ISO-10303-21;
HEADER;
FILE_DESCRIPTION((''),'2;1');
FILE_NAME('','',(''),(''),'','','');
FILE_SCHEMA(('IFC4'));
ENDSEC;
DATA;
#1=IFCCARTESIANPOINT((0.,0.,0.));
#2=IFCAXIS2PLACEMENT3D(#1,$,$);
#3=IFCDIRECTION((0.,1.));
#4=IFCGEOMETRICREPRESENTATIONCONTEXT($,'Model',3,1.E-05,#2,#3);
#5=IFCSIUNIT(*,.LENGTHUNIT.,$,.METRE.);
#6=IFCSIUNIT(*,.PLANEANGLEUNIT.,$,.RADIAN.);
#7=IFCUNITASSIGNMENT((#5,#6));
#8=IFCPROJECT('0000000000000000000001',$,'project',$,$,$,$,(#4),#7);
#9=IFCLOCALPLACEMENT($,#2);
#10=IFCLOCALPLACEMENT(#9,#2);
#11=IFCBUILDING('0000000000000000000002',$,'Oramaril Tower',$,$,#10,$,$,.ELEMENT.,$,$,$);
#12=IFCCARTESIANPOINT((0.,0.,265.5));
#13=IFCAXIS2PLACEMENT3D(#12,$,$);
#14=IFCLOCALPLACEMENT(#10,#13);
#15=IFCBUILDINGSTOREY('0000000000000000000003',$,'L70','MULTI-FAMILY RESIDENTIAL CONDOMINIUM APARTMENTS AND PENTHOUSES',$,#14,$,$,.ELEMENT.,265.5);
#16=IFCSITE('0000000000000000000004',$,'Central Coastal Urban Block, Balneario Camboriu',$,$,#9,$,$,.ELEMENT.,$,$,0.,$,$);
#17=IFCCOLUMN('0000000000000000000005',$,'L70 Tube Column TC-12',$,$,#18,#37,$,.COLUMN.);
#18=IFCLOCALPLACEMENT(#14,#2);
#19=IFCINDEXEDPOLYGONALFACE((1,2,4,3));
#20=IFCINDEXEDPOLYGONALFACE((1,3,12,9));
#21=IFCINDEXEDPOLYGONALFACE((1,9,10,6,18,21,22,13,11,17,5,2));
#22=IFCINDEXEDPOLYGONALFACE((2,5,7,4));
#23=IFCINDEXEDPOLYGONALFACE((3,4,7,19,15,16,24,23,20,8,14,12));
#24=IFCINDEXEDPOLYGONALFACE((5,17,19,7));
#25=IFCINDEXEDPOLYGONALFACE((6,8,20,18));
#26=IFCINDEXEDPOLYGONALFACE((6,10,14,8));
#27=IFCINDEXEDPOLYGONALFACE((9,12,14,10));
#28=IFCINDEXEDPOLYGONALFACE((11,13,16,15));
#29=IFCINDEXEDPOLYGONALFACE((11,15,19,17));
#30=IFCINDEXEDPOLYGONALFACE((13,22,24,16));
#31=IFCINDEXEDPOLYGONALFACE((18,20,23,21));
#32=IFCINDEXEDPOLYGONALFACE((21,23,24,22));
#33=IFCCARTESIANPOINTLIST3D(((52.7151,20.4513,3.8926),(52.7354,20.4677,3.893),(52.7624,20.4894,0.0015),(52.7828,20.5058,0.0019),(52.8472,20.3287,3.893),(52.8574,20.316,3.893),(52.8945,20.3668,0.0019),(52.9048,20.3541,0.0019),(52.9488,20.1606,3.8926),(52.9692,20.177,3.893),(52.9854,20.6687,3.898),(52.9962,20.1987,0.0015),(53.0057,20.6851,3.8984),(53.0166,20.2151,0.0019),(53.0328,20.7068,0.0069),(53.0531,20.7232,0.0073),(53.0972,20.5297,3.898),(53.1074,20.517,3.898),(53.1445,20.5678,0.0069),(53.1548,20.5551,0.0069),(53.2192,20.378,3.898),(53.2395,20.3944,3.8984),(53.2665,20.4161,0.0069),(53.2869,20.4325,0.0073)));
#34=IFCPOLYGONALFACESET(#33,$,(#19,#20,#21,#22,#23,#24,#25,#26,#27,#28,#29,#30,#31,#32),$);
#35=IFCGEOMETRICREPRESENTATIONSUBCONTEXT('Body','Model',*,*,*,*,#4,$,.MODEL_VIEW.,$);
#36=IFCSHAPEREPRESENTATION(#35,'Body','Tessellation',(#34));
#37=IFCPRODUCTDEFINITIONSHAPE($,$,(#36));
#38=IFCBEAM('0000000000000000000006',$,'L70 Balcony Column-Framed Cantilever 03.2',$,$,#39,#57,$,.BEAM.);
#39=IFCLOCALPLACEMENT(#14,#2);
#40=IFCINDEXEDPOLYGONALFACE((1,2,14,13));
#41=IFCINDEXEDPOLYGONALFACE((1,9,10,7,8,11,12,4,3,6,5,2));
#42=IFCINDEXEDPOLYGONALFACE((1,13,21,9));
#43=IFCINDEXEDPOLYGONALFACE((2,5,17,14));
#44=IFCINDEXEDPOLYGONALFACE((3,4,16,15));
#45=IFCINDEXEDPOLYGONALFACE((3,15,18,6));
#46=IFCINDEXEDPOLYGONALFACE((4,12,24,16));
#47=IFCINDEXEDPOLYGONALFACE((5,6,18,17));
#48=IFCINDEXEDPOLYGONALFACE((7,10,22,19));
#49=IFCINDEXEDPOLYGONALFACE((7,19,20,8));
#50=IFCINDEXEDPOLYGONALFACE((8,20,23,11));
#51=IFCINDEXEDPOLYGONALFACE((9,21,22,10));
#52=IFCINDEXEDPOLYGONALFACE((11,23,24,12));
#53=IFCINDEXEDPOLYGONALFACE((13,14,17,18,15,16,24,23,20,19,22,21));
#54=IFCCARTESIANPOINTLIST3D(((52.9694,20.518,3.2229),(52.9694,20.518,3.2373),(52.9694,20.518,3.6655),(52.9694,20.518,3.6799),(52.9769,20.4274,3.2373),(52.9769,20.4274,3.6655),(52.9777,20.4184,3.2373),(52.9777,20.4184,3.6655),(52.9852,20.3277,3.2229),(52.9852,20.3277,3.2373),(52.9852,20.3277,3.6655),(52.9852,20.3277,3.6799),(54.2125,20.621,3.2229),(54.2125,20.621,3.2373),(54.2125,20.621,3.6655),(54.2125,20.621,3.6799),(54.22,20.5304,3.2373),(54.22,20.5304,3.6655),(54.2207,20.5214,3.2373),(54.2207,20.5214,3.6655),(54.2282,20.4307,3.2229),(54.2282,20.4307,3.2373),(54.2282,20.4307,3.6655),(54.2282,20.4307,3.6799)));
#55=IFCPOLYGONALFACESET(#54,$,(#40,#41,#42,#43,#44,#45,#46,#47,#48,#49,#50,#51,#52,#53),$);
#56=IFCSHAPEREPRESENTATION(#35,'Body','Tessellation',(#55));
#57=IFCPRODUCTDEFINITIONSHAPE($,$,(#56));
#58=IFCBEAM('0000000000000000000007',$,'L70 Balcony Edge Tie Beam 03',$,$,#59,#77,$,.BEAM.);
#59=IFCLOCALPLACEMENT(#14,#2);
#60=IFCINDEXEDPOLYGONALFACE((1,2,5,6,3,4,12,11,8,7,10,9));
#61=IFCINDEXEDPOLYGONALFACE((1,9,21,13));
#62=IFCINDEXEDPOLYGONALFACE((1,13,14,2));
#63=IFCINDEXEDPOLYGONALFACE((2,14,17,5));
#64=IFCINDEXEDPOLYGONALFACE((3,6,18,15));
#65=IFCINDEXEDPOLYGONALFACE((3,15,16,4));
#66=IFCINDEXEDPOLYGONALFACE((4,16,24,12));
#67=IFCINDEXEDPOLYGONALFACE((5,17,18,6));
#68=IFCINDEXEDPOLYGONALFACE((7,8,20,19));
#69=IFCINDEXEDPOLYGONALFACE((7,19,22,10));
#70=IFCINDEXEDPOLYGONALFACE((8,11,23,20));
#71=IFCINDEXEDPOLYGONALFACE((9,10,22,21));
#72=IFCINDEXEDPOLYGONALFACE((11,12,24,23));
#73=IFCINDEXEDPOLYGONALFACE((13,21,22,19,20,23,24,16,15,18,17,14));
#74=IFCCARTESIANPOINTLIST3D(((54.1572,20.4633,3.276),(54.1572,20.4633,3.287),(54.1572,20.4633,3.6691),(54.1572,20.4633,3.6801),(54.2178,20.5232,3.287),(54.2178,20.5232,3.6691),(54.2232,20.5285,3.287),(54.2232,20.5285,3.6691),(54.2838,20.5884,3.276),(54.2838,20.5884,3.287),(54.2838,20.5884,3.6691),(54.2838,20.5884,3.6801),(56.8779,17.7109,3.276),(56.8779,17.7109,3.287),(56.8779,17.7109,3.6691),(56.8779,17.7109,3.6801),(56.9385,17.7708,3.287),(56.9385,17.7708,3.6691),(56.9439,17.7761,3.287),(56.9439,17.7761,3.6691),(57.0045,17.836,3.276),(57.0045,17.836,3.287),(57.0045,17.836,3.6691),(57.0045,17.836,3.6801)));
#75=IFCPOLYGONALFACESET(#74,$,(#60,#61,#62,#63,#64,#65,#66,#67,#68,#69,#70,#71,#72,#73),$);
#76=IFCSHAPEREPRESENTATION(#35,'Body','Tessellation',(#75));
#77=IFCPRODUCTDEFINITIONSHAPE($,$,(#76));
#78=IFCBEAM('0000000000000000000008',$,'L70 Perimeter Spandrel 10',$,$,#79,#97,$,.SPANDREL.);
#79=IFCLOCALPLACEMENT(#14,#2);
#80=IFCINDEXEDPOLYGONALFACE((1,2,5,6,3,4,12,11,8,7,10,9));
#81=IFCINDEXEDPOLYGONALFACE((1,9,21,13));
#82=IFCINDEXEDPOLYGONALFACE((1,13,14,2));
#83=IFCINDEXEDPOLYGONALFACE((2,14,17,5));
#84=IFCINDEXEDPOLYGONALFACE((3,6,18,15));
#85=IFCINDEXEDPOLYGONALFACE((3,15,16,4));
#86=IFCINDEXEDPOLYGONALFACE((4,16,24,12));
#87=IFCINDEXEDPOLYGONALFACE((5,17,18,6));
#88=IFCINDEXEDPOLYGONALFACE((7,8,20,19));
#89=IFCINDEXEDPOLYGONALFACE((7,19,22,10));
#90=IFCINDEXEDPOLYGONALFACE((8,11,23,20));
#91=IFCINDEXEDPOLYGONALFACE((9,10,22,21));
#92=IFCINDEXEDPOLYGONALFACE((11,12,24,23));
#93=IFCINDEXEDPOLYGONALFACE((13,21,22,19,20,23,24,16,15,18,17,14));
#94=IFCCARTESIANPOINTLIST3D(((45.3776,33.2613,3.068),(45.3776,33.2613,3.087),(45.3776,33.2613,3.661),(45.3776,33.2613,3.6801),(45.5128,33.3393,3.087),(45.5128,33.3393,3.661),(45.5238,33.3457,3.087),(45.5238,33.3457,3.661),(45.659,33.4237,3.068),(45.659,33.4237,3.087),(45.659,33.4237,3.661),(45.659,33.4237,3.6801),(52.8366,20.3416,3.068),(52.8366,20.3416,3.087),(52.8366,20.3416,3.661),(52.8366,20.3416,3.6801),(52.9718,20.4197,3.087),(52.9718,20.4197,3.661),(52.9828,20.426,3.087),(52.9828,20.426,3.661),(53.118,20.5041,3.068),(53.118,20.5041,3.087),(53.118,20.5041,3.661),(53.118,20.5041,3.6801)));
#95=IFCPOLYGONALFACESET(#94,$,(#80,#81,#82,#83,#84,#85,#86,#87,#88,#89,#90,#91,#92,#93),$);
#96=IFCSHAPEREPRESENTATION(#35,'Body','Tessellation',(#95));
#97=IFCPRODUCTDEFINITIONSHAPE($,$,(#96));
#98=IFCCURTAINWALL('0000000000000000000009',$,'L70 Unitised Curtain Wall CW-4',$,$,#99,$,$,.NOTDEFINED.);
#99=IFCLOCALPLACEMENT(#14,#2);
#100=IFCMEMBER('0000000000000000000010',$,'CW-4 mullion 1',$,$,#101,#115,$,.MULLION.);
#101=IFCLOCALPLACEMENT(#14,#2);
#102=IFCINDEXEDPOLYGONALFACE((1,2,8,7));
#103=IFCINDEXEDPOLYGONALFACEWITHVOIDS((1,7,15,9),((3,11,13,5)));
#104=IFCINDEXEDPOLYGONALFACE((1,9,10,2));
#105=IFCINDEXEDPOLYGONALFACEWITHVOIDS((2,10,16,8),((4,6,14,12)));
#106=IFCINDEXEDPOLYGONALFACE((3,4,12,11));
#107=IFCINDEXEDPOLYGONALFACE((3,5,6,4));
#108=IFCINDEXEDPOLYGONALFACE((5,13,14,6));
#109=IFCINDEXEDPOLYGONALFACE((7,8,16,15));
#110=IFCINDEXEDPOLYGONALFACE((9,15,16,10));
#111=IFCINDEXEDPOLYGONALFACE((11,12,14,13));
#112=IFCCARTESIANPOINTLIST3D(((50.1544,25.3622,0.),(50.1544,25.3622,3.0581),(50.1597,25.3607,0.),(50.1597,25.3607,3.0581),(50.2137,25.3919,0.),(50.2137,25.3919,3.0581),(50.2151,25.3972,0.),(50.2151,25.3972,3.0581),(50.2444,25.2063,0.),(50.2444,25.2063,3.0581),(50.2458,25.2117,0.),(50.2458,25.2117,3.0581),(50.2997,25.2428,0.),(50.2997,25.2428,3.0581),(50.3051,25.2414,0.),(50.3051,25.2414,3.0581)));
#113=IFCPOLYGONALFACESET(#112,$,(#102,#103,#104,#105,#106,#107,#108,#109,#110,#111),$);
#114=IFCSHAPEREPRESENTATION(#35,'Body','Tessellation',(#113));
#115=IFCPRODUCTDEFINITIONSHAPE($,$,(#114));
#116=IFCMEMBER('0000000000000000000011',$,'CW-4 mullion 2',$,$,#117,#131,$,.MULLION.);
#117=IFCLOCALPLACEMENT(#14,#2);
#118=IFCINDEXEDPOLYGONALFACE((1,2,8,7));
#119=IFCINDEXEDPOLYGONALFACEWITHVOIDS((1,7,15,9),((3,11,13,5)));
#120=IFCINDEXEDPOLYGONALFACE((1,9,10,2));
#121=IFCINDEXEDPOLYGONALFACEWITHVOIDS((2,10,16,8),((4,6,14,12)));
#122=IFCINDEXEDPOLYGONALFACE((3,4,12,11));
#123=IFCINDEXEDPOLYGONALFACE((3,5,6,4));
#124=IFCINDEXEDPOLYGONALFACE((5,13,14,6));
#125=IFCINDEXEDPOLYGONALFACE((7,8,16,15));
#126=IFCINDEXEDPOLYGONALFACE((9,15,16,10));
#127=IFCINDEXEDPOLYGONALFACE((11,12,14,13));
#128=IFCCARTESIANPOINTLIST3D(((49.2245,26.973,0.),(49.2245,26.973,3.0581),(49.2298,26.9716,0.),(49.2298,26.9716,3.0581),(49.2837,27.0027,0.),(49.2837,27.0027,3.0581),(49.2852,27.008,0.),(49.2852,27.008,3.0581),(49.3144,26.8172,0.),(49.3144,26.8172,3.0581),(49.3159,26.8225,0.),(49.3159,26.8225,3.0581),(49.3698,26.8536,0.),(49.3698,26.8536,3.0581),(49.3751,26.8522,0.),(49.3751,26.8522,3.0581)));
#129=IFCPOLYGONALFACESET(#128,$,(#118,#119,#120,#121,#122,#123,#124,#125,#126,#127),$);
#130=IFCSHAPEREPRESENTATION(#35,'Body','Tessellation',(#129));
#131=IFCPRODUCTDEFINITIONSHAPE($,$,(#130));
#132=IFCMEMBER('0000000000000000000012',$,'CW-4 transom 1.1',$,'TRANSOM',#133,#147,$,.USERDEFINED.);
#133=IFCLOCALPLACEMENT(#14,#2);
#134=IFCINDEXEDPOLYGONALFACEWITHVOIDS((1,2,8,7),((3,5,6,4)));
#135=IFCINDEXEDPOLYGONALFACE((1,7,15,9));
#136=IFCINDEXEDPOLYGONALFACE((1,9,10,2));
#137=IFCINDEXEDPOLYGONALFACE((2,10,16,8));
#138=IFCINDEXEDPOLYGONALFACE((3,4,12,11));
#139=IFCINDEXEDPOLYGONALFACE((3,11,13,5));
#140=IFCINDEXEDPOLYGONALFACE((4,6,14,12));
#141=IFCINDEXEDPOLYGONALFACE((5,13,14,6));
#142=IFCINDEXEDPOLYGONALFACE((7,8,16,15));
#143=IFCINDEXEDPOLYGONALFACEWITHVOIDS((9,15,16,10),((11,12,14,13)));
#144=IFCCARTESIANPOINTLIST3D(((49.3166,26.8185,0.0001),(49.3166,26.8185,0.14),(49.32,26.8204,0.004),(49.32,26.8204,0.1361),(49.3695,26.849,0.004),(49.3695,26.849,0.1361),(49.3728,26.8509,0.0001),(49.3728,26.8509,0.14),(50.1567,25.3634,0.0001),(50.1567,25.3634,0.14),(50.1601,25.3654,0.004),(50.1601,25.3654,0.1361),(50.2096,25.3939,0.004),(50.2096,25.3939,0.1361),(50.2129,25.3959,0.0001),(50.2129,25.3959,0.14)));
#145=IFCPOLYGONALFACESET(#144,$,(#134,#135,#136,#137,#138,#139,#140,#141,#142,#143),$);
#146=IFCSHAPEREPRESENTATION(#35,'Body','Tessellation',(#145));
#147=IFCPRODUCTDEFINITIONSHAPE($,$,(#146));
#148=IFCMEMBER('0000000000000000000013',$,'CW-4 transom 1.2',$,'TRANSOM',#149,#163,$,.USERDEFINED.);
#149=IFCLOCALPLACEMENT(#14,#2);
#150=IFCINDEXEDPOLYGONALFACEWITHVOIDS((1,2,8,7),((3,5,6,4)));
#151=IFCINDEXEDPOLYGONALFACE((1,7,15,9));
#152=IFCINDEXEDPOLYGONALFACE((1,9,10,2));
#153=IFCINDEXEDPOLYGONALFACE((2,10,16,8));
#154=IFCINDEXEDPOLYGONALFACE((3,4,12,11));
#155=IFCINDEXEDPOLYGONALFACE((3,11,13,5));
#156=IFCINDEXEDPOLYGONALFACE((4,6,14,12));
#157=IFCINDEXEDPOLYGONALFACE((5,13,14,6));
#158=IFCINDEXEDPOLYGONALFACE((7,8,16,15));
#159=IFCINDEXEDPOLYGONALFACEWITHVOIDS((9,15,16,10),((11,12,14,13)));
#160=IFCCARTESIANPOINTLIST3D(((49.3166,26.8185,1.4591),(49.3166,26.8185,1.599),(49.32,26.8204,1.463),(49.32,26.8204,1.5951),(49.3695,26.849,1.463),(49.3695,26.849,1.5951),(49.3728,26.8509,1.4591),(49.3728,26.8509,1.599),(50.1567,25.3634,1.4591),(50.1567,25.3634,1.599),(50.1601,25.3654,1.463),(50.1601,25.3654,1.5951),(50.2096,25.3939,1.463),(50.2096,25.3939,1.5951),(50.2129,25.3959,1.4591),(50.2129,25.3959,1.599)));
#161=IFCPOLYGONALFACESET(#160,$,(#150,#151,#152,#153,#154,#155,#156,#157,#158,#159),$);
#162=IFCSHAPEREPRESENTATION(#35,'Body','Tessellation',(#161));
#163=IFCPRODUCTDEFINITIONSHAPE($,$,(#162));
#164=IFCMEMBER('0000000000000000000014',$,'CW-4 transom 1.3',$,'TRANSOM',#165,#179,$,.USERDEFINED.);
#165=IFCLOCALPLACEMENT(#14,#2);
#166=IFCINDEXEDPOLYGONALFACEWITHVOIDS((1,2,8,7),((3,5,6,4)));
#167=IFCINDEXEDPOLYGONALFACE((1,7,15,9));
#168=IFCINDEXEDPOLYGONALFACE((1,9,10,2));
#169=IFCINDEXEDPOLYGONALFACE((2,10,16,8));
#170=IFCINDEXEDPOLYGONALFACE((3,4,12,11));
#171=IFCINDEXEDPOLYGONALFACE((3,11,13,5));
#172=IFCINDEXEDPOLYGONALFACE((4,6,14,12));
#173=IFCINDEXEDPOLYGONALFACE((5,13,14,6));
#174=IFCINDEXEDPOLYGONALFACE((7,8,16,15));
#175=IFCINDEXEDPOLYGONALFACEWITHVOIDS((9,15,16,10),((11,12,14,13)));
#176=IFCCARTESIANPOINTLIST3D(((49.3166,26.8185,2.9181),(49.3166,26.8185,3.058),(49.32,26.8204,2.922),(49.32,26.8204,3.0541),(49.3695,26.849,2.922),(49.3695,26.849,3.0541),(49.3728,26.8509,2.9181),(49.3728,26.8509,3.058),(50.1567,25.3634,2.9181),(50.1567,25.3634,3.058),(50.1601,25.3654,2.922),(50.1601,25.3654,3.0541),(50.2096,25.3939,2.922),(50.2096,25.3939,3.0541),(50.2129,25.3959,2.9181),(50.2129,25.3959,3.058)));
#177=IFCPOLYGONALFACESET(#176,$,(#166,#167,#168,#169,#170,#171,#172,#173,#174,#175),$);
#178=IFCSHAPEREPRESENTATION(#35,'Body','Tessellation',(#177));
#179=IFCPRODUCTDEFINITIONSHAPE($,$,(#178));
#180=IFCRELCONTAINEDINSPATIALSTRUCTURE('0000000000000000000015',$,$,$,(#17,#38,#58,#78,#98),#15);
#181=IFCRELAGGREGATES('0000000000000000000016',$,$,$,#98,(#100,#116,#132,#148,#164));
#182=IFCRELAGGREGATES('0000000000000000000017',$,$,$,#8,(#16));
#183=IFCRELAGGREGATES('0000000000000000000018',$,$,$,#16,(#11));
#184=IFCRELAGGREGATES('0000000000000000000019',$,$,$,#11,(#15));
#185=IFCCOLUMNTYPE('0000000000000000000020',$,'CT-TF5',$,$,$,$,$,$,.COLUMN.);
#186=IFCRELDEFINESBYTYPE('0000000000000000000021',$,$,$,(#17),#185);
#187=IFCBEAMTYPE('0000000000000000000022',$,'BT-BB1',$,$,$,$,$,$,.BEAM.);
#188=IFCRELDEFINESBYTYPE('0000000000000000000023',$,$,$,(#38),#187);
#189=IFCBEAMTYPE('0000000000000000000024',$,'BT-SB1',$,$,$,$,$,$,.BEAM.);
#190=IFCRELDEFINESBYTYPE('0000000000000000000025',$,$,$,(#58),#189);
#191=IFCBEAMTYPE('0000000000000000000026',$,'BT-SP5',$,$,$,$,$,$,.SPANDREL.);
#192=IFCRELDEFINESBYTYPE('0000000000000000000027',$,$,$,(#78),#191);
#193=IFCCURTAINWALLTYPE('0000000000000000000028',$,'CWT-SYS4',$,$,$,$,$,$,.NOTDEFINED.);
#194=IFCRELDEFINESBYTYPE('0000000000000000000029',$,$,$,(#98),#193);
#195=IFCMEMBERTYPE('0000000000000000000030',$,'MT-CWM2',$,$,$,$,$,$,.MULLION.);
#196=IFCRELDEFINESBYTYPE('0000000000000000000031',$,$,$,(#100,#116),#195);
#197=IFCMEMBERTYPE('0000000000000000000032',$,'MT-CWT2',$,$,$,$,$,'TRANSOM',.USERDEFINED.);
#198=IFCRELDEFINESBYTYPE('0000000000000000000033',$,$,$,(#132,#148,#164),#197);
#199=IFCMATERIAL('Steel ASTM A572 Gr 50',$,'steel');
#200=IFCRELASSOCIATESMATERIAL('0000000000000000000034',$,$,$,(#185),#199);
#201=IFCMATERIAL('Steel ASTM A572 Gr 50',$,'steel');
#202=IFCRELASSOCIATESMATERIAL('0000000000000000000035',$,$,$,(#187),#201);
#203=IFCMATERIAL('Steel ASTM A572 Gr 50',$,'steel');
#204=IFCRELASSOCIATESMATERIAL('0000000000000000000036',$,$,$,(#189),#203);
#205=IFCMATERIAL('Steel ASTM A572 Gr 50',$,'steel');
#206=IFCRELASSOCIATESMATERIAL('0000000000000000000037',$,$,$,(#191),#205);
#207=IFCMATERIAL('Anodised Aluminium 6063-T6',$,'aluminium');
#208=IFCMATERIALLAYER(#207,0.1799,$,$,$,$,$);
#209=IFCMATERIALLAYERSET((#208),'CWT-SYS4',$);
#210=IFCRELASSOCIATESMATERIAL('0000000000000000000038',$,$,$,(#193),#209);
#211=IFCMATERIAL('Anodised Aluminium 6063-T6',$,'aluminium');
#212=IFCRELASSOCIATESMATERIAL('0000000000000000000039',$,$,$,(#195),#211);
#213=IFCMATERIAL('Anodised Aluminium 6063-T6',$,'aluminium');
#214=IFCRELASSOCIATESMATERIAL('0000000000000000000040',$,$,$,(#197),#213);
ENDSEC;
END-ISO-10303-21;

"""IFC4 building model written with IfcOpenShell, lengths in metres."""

from ifc_helpers import new_model, si_unit, direction, frame, origin, origin_2d, place, context, subcontext, project, spatial, hollow_rectangle, i_section, extrude, material, layer, layer_set, material_profile, profile_set, type_object, element, aggregate, save


model = new_model("IFC4")

# Units and contexts
model_context = context("Model", 3, precision=1e-05, world=origin(), true_north=direction((0.0, 1.0)))
body_context = subcontext(model_context, "Body", "Model", "MODEL_VIEW")
ifc_project = project(units=[si_unit("LENGTHUNIT", "METRE"), si_unit("PLANEANGLEUNIT", "RADIAN")], contexts=[model_context])

# Site, building, storey
site_placement = place(None, origin())
site = spatial("IfcSite", under=ifc_project, at=site_placement, Name="Central Coastal Urban Block, Balneario Camboriu", CompositionType="ELEMENT", RefElevation=0.0)
building_placement = place(site_placement, origin())
building = spatial("IfcBuilding", under=site, at=building_placement, Name="Oramaril Tower", CompositionType="ELEMENT")
storey_placement = place(building_placement, frame((0.0, 0.0, 265.5)))
storey = spatial("IfcBuildingStorey", under=building, at=storey_placement, Name="L70", Description="MULTI-FAMILY RESIDENTIAL CONDOMINIUM APARTMENTS AND PENTHOUSES", CompositionType="ELEMENT", Elevation=265.5)

# Column
ifc_material_1 = material(Name="Steel ASTM A572 Gr 50", Category="steel")
ifc_material_profile_1 = material_profile(ifc_material_1, i_section(OverallWidth=0.373, OverallDepth=0.373, WebThickness=0.0164, FlangeThickness=0.0261, at=origin_2d()), Name="W14X132")
ifc_profile_set_1 = profile_set([ifc_material_profile_1], Name="Steel ASTM A572 Gr 50")
column_type = type_object("IfcColumnType", Name="CT-TF5", PredefinedType="COLUMN", material=ifc_profile_set_1)
column_placement = place(storey_placement, frame((53.0247, 20.4609, 0.0044), z_axis=(-0.012171, -0.009787, 0.999878), x_axis=(0.626653, -0.779299, 0.0)))
element("IfcColumn", 1, at=column_placement, inside=storey, type_object=column_type, Name="L70 Tube Column TC-12", PredefinedType="COLUMN", context=body_context, shape_type="SweptSolid", body=[
    extrude(i_section(OverallWidth=0.373, OverallDepth=0.373, WebThickness=0.0164, FlangeThickness=0.0261, at=origin_2d()), origin(), (0.0, 0.0, 1.0), 3.8916),
])

# Beams
ifc_material_2 = material(Name="Steel ASTM A572 Gr 50", Category="steel")
ifc_material_profile_2 = material_profile(ifc_material_2, i_section(OverallWidth=0.1909, OverallDepth=0.457, WebThickness=0.009, FlangeThickness=0.0144, at=origin_2d()), Name="W18X50")
ifc_profile_set_2 = profile_set([ifc_material_profile_2], Name="Steel ASTM A572 Gr 50")
beam_type_1 = type_object("IfcBeamType", Name="BT-BB1", PredefinedType="BEAM", material=ifc_profile_set_2)
beam_1_placement = place(storey_placement, frame((52.9773, 20.4229, 3.4514), z_axis=(0.996583, 0.082592, 0.0), x_axis=(-0.082592, 0.996583, 0.0)))
element("IfcBeam", 2, at=beam_1_placement, inside=storey, type_object=beam_type_1, Name="L70 Balcony Column-Framed Cantilever 03.2", PredefinedType="BEAM", context=body_context, shape_type="SweptSolid", body=[
    extrude(i_section(OverallWidth=0.1909, OverallDepth=0.457, WebThickness=0.009, FlangeThickness=0.0144, at=origin_2d()), origin(), (0.0, 0.0, 1.0), 1.2473),
])
ifc_material_3 = material(Name="Steel ASTM A572 Gr 50", Category="steel")
ifc_material_profile_3 = material_profile(ifc_material_3, i_section(OverallWidth=0.178, OverallDepth=0.4041, WebThickness=0.0076, FlangeThickness=0.011, at=origin_2d()), Name="W16X36")
ifc_profile_set_3 = profile_set([ifc_material_profile_3], Name="Steel ASTM A572 Gr 50")
beam_type_2 = type_object("IfcBeamType", Name="BT-SB1", PredefinedType="BEAM", material=ifc_profile_set_3)
beam_2_placement = place(storey_placement, frame((56.9412, 17.7734, 3.478), z_axis=(-0.702995, 0.711195, 0.0), x_axis=(-0.711195, -0.702995, 0.0)))
element("IfcBeam", 3, at=beam_2_placement, inside=storey, type_object=beam_type_2, Name="L70 Balcony Edge Tie Beam 03", PredefinedType="BEAM", context=body_context, shape_type="SweptSolid", body=[
    extrude(i_section(OverallWidth=0.178, OverallDepth=0.4041, WebThickness=0.0076, FlangeThickness=0.011, at=origin_2d()), origin(), (0.0, 0.0, 1.0), 3.8701),
])
ifc_material_4 = material(Name="Steel ASTM A572 Gr 50", Category="steel")
ifc_material_profile_4 = material_profile(ifc_material_4, i_section(OverallWidth=0.325, OverallDepth=0.6121, WebThickness=0.0127, FlangeThickness=0.019, at=origin_2d()), Name="W24X104")
ifc_profile_set_4 = profile_set([ifc_material_profile_4], Name="Steel ASTM A572 Gr 50")
beam_type_3 = type_object("IfcBeamType", Name="BT-SP5", PredefinedType="SPANDREL", material=ifc_profile_set_4)
beam_3_placement = place(storey_placement, frame((52.9773, 20.4229, 3.374), z_axis=(-0.49999, 0.866031, 0.0), x_axis=(-0.866031, -0.49999, 0.0)))
element("IfcBeam", 4, at=beam_3_placement, inside=storey, type_object=beam_type_3, Name="L70 Perimeter Spandrel 10", PredefinedType="SPANDREL", context=body_context, shape_type="SweptSolid", body=[
    extrude(i_section(OverallWidth=0.325, OverallDepth=0.6121, WebThickness=0.0127, FlangeThickness=0.019, at=origin_2d()), origin(), (0.0, 0.0, 1.0), 14.9182),
])

# Curtain wall, members
ifc_material_5 = material(Name="Anodised Aluminium 6063-T6", Category="aluminium")
ifc_layer_1 = layer(ifc_material_5, 0.1799)
ifc_layer_set_1 = layer_set([ifc_layer_1], Name="CWT-SYS4")
curtain_wall_type = type_object("IfcCurtainWallType", Name="CWT-SYS4", PredefinedType="NOTDEFINED", material=ifc_layer_set_1)
curtain_wall_placement = place(storey_placement, origin())
curtain_wall = element("IfcCurtainWall", 5, at=curtain_wall_placement, inside=storey, type_object=curtain_wall_type, Name="L70 Unitised Curtain Wall CW-4", PredefinedType="NOTDEFINED")
ifc_material_6 = material(Name="Anodised Aluminium 6063-T6", Category="aluminium")
ifc_material_profile_5 = material_profile(ifc_material_6, hollow_rectangle(XDim=0.0701, YDim=0.1799, WallThickness=0.0039, at=origin_2d()), Name="CWM180X70")
ifc_profile_set_5 = profile_set([ifc_material_profile_5], Name="Anodised Aluminium 6063-T6")
member_type_1 = type_object("IfcMemberType", Name="MT-CWM2", PredefinedType="MULLION", material=ifc_profile_set_5)
member_1_placement = place(storey_placement, frame((50.2297, 25.3018, 0.0), z_axis=(0.0, 0.0, 1.0), x_axis=(-0.866025, -0.5, 0.0)))
member_1 = element("IfcMember", 6, at=member_1_placement, type_object=member_type_1, Name="CW-4 mullion 1", PredefinedType="MULLION", context=body_context, shape_type="SweptSolid", body=[
    extrude(hollow_rectangle(XDim=0.0701, YDim=0.1799, WallThickness=0.0039, at=origin_2d()), origin(), (0.0, 0.0, 1.0), 3.0581),
])
member_2_placement = place(storey_placement, frame((49.2998, 26.9126, 0.0), z_axis=(0.0, 0.0, 1.0), x_axis=(-0.866025, -0.5, 0.0)))
member_2 = element("IfcMember", 7, at=member_2_placement, type_object=member_type_1, Name="CW-4 mullion 2", PredefinedType="MULLION", context=body_context, shape_type="SweptSolid", body=[
    extrude(hollow_rectangle(XDim=0.0701, YDim=0.1799, WallThickness=0.0039, at=origin_2d()), origin(), (0.0, 0.0, 1.0), 3.0581),
])
ifc_material_7 = material(Name="Anodised Aluminium 6063-T6", Category="aluminium")
ifc_material_profile_6 = material_profile(ifc_material_7, hollow_rectangle(XDim=0.0649, YDim=0.1399, WallThickness=0.0039, at=origin_2d()), Name="CWT140X65")
ifc_profile_set_6 = profile_set([ifc_material_profile_6], Name="Anodised Aluminium 6063-T6")
member_type_2 = type_object("IfcMemberType", Name="MT-CWT2", ElementType="TRANSOM", PredefinedType="USERDEFINED", material=ifc_profile_set_6)
member_3_placement = place(storey_placement, frame((50.1848, 25.3796, 0.0701), z_axis=(-0.499999, 0.866026, 0.0), x_axis=(-0.866026, -0.499999, 0.0)))
member_3 = element("IfcMember", 8, at=member_3_placement, type_object=member_type_2, Name="CW-4 transom 1.1", ObjectType="TRANSOM", PredefinedType="USERDEFINED", context=body_context, shape_type="SweptSolid", body=[
    extrude(hollow_rectangle(XDim=0.0649, YDim=0.1399, WallThickness=0.0039, at=origin_2d()), origin(), (0.0, 0.0, 1.0), 1.6802),
])
member_4_placement = place(storey_placement, frame((50.1848, 25.3796, 1.5291), z_axis=(-0.499999, 0.866026, 0.0), x_axis=(-0.866026, -0.499999, 0.0)))
member_4 = element("IfcMember", 9, at=member_4_placement, type_object=member_type_2, Name="CW-4 transom 1.2", ObjectType="TRANSOM", PredefinedType="USERDEFINED", context=body_context, shape_type="SweptSolid", body=[
    extrude(hollow_rectangle(XDim=0.0649, YDim=0.1399, WallThickness=0.0039, at=origin_2d()), origin(), (0.0, 0.0, 1.0), 1.6802),
])
member_5_placement = place(storey_placement, frame((50.1848, 25.3796, 2.988), z_axis=(-0.499999, 0.866026, 0.0), x_axis=(-0.866026, -0.499999, 0.0)))
member_5 = element("IfcMember", 10, at=member_5_placement, type_object=member_type_2, Name="CW-4 transom 1.3", ObjectType="TRANSOM", PredefinedType="USERDEFINED", context=body_context, shape_type="SweptSolid", body=[
    extrude(hollow_rectangle(XDim=0.0649, YDim=0.1399, WallThickness=0.0039, at=origin_2d()), origin(), (0.0, 0.0, 1.0), 1.6802),
])
aggregate(curtain_wall, [member_1, member_2, member_3, member_4, member_5])

save(model, "model.ifc")
